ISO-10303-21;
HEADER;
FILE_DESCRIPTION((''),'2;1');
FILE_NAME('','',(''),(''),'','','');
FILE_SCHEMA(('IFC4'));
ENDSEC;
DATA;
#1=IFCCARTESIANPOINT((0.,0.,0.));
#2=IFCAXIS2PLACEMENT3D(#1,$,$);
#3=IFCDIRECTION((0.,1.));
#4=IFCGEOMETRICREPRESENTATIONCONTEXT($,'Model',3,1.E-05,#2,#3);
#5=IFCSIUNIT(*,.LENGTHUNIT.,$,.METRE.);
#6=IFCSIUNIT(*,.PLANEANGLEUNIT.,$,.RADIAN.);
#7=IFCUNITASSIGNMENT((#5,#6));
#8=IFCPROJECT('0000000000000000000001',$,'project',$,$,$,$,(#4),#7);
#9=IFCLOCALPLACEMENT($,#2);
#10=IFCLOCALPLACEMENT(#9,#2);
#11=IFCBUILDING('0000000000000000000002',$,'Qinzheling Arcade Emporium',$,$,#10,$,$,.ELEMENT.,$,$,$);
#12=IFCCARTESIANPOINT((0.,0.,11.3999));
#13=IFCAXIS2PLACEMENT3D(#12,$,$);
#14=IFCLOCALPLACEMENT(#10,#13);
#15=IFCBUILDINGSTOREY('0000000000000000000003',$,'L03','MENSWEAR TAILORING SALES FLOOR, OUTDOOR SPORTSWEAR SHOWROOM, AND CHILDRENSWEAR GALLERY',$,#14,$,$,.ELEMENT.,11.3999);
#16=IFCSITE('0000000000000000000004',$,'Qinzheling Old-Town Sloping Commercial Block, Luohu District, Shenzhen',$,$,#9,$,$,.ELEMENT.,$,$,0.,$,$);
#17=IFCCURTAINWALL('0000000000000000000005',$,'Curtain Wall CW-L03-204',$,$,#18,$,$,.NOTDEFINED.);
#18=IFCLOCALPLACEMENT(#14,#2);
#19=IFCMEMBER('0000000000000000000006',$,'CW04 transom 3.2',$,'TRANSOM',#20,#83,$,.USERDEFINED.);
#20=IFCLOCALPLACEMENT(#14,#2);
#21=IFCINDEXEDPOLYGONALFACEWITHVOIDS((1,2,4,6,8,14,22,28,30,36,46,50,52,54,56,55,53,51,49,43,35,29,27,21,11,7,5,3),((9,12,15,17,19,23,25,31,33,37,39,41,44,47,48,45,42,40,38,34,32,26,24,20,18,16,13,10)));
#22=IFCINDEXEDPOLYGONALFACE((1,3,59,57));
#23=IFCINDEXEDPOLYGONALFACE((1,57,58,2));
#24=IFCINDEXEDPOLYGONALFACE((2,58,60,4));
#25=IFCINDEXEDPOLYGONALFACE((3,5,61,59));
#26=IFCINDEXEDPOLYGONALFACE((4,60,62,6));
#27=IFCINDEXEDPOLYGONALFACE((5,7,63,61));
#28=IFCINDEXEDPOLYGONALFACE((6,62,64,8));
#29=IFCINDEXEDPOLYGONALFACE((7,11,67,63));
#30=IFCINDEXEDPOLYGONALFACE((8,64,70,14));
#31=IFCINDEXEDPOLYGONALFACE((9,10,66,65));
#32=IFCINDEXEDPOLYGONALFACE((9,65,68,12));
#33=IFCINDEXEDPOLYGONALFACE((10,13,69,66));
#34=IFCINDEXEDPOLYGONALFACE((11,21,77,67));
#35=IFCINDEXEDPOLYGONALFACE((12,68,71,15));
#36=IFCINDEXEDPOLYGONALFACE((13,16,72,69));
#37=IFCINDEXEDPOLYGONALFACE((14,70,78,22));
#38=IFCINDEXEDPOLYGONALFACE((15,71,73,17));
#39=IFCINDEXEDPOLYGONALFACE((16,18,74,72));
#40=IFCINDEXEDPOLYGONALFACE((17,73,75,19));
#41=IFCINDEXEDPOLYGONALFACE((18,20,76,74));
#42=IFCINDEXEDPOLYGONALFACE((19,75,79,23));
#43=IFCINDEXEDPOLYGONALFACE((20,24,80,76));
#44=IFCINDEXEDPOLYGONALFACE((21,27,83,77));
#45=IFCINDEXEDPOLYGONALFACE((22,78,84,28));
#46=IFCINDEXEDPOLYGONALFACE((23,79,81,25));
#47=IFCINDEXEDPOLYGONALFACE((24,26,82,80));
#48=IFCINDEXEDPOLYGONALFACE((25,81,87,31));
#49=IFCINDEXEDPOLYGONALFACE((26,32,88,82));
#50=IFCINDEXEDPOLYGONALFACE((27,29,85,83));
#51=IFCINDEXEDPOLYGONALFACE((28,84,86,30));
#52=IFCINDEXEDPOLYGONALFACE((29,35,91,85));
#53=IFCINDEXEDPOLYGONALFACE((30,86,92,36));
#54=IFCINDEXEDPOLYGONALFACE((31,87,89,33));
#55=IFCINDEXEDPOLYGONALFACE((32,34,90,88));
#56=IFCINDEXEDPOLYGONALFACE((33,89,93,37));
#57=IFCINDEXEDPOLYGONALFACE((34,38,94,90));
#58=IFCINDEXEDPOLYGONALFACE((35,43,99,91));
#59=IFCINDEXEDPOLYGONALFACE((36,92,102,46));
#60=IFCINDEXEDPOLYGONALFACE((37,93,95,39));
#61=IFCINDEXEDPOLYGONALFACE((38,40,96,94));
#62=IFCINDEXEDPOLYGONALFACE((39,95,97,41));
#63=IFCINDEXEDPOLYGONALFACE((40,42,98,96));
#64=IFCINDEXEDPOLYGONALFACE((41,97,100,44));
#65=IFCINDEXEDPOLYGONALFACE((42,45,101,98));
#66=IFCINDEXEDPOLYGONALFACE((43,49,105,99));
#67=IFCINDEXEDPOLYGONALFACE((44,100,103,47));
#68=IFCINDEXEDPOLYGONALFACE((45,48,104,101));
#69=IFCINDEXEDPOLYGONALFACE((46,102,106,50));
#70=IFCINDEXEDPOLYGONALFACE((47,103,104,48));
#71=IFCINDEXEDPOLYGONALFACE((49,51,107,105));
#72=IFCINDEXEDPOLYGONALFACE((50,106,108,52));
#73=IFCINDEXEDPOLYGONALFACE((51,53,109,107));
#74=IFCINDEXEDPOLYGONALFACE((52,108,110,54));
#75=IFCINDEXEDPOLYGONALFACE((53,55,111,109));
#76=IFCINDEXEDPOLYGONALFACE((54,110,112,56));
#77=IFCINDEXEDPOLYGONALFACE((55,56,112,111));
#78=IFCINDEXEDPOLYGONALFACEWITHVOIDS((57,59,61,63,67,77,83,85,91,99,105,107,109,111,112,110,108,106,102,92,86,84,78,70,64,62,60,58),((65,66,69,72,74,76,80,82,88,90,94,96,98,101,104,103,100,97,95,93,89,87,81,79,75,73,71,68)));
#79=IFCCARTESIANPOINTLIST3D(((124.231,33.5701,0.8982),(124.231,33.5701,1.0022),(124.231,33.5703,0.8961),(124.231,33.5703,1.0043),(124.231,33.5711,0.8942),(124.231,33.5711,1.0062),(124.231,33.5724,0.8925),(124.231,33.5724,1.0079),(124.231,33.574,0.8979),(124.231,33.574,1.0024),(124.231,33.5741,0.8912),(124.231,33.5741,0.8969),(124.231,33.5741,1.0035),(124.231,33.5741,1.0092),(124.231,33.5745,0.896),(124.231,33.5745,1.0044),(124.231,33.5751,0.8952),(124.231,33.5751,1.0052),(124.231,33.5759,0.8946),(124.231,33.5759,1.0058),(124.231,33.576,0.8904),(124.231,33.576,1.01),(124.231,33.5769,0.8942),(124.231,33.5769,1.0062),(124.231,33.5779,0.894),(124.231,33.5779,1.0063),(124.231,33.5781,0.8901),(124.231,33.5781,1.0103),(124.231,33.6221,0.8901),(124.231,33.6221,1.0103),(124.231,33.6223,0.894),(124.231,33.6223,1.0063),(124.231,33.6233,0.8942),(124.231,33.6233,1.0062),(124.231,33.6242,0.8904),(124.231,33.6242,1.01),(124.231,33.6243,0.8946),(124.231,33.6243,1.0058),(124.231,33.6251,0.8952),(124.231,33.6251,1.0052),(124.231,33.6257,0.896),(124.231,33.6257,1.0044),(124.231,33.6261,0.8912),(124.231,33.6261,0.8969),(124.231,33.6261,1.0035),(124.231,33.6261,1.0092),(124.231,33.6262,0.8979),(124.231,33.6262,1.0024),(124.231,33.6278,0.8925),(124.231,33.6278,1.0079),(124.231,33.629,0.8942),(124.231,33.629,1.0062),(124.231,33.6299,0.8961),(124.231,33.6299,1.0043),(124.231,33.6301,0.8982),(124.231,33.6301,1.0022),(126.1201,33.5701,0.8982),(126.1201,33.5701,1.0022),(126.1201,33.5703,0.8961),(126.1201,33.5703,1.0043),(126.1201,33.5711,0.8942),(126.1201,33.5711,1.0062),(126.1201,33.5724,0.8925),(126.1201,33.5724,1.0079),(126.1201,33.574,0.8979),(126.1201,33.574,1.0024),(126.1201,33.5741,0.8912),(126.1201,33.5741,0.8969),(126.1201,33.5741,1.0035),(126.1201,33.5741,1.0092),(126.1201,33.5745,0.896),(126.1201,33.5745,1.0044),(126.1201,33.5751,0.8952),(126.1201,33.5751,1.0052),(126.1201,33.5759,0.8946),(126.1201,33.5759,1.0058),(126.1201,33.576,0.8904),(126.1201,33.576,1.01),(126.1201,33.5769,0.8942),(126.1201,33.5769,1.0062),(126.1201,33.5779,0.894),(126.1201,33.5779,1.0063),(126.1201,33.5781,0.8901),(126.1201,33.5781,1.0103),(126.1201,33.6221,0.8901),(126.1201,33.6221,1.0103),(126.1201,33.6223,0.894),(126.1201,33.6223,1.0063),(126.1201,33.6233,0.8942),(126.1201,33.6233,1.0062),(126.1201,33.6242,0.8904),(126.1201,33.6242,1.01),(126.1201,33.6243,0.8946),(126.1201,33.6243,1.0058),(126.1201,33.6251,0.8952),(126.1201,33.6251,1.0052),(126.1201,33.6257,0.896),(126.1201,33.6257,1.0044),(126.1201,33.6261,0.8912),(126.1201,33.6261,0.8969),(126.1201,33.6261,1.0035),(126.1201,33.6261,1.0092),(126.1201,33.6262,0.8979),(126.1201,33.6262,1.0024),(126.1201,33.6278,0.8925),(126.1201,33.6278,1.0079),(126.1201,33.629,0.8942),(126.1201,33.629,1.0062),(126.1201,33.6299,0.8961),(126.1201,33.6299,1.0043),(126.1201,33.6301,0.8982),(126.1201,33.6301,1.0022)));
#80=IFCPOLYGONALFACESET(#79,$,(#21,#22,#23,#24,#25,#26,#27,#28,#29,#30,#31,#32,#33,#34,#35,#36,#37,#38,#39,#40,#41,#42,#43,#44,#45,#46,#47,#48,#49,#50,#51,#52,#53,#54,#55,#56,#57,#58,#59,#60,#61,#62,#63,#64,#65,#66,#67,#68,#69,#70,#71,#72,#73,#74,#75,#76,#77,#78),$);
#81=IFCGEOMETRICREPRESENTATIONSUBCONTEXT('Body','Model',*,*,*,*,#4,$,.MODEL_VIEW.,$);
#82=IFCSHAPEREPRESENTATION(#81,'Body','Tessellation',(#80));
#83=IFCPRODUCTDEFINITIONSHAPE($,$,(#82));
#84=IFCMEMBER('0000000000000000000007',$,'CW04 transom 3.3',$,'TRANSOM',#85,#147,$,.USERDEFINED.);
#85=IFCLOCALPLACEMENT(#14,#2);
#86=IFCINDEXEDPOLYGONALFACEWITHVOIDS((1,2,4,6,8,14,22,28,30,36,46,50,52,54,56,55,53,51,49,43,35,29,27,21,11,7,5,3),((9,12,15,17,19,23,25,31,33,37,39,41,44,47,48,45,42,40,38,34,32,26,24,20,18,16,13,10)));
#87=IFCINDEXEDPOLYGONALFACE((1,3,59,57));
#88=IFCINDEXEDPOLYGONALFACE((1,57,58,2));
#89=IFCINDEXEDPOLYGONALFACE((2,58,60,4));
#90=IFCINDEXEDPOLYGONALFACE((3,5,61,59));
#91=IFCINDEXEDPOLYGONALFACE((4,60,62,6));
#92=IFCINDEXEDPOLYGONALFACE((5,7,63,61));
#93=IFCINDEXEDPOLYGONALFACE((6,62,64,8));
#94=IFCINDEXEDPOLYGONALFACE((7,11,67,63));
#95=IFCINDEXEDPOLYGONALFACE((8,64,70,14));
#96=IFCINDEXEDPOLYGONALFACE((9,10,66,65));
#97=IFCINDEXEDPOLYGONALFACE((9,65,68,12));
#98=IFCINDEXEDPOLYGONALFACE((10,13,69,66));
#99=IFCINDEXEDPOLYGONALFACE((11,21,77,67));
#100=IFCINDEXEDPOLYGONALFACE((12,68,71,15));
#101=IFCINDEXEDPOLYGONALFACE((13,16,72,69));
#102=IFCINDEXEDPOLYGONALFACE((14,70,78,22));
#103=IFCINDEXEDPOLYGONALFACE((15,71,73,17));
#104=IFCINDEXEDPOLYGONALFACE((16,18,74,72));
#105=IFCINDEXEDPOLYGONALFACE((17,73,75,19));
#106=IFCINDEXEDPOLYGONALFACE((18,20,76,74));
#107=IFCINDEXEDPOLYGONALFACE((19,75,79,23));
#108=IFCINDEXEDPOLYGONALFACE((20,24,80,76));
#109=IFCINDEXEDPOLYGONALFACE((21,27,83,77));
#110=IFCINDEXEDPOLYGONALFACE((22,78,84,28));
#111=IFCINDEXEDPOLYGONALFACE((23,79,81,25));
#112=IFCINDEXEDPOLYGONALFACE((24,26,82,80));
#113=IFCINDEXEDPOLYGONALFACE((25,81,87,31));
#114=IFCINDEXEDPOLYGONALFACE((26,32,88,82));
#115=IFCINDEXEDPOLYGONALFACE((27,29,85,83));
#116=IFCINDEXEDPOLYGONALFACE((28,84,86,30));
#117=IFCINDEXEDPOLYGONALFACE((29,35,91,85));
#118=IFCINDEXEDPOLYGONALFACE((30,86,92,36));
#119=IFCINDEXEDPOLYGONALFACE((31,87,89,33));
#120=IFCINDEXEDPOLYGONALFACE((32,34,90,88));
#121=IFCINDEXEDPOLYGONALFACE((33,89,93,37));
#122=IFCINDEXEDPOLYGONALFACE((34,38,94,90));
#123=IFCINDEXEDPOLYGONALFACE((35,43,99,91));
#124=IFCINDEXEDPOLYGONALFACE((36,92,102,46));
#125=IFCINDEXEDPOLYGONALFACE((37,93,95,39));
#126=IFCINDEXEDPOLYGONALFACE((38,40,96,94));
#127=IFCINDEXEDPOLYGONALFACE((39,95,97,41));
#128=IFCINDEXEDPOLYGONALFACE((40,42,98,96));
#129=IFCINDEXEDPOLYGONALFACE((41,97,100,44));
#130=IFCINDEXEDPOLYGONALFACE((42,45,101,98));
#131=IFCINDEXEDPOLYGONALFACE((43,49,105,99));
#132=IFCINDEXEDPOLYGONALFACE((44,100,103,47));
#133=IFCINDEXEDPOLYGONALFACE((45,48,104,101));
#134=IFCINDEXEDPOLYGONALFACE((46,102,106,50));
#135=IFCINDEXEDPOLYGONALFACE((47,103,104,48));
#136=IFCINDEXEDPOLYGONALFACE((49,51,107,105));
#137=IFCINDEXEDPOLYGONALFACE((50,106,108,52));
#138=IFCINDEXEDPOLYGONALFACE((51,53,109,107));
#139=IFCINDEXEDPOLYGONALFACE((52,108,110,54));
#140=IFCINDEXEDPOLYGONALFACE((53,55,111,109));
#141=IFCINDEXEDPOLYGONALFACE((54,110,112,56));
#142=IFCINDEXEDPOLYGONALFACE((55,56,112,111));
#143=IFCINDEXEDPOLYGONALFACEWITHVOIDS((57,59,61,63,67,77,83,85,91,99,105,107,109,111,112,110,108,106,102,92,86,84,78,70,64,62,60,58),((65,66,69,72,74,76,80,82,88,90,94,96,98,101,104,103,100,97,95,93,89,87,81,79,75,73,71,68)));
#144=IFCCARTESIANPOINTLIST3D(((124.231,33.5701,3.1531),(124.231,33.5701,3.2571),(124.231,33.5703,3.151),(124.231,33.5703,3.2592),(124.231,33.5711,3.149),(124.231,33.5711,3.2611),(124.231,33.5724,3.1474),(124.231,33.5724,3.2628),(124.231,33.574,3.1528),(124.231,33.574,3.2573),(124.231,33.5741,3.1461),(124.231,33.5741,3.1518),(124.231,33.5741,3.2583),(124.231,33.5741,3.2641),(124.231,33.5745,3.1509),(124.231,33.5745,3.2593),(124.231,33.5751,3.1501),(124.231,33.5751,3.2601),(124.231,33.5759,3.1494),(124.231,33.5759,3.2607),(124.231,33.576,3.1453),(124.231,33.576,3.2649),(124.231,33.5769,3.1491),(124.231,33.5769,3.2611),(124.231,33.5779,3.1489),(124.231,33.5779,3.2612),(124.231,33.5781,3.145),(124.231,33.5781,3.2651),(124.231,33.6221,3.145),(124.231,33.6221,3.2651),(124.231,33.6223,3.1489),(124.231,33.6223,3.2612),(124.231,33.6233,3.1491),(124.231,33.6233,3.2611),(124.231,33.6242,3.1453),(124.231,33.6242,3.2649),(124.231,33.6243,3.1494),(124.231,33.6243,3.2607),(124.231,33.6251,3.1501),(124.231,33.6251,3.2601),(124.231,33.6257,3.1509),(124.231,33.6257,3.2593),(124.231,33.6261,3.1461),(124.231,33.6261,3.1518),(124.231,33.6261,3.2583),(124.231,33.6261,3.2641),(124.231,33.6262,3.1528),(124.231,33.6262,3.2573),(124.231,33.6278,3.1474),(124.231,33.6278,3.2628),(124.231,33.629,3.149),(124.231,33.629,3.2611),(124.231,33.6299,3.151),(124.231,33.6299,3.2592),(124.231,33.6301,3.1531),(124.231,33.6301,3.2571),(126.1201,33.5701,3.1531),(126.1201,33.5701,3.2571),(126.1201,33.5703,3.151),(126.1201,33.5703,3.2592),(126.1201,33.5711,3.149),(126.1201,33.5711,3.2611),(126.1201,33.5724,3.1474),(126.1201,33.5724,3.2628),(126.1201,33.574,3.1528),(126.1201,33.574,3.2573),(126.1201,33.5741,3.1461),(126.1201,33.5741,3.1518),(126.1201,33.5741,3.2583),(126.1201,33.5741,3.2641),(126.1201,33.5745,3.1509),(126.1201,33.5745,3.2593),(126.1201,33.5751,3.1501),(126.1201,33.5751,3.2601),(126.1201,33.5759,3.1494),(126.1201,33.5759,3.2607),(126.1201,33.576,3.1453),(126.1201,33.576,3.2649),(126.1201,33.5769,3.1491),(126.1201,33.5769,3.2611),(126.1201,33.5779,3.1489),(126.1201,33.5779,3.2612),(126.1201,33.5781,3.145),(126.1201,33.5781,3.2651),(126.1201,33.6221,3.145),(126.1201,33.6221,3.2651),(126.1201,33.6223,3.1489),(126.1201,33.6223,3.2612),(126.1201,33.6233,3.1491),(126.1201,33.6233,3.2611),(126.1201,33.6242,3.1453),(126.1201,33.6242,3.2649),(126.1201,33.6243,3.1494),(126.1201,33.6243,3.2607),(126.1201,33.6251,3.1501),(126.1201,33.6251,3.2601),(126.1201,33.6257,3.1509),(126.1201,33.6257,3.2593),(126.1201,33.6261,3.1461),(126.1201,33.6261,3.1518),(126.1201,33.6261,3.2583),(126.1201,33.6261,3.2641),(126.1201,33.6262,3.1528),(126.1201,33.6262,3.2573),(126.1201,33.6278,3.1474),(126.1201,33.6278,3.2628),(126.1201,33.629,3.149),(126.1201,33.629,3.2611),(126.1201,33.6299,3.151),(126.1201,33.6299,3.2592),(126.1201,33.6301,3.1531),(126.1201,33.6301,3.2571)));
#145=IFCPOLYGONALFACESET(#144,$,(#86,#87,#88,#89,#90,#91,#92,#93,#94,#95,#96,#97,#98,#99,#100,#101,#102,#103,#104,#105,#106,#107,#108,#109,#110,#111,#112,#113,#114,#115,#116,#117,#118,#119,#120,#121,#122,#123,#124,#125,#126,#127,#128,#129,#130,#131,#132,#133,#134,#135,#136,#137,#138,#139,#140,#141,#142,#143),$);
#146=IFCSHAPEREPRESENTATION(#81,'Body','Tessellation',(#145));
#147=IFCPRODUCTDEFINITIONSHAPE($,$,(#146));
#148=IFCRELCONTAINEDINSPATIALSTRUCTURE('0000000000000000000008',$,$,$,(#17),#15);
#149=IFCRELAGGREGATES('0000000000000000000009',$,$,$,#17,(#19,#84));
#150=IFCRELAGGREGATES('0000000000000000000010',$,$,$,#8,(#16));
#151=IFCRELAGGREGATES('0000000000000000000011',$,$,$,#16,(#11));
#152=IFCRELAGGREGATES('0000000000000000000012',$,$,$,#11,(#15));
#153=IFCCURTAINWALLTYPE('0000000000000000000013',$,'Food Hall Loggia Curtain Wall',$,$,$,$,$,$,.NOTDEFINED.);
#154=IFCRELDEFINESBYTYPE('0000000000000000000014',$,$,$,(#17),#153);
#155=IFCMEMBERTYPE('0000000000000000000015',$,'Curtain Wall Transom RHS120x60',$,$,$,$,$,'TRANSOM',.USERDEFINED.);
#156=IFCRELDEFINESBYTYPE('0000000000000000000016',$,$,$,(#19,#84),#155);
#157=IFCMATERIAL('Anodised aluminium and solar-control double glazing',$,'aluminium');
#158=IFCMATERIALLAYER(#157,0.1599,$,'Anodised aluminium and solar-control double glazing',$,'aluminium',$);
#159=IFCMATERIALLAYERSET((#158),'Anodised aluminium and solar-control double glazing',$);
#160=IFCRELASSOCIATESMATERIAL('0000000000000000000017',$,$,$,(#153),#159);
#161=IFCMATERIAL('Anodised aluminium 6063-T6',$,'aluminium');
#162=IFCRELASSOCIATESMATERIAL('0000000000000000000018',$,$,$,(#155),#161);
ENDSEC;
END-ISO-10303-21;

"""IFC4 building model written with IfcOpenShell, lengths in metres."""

from ifc_helpers import new_model, si_unit, direction, frame, origin, origin_2d, place, context, subcontext, project, spatial, hollow_rectangle, extrude, material, layer, layer_set, material_profile, profile_set, type_object, element, aggregate, save


model = new_model("IFC4")

# Units and contexts
model_context = context("Model", 3, precision=1e-05, world=origin(), true_north=direction((0.0, 1.0)))
body_context = subcontext(model_context, "Body", "Model", "MODEL_VIEW")
ifc_project = project(units=[si_unit("LENGTHUNIT", "METRE"), si_unit("PLANEANGLEUNIT", "RADIAN")], contexts=[model_context])

# Site, building, storey
site_placement = place(None, origin())
site = spatial("IfcSite", under=ifc_project, at=site_placement, Name="Qinzheling Old-Town Sloping Commercial Block, Luohu District, Shenzhen", CompositionType="ELEMENT", RefElevation=0.0)
building_placement = place(site_placement, origin())
building = spatial("IfcBuilding", under=site, at=building_placement, Name="Qinzheling Arcade Emporium", CompositionType="ELEMENT")
storey_placement = place(building_placement, frame((0.0, 0.0, 11.3999)))
storey = spatial("IfcBuildingStorey", under=building, at=storey_placement, Name="L03", Description="MENSWEAR TAILORING SALES FLOOR, OUTDOOR SPORTSWEAR SHOWROOM, AND CHILDRENSWEAR GALLERY", CompositionType="ELEMENT", Elevation=11.3999)

# Curtain wall
ifc_material_1 = material(Name="Anodised aluminium and solar-control double glazing", Category="aluminium")
ifc_layer_1 = layer(ifc_material_1, 0.1599, Name="Anodised aluminium and solar-control double glazing", Category="aluminium")
ifc_layer_set_1 = layer_set([ifc_layer_1], Name="Anodised aluminium and solar-control double glazing")
curtain_wall_type = type_object("IfcCurtainWallType", Name="Food Hall Loggia Curtain Wall", PredefinedType="NOTDEFINED", material=ifc_layer_set_1)
curtain_wall_1_placement = place(storey_placement, origin())
curtain_wall_1 = element("IfcCurtainWall", 1, at=curtain_wall_1_placement, inside=storey, type_object=curtain_wall_type, Name="Curtain Wall CW-L03-204", PredefinedType="NOTDEFINED")
ifc_material_2 = material(Name="Anodised aluminium 6063-T6", Category="aluminium")

# Members
ifc_material_profile_1 = material_profile(ifc_material_2, hollow_rectangle(XDim=0.0601, YDim=0.1201, WallThickness=0.0039, InnerFilletRadius=0.0039, OuterFilletRadius=0.0081, at=origin_2d()), Name="RHS 120x60x4", Category="aluminium")
ifc_profile_set_1 = profile_set([ifc_material_profile_1], Name="Anodised aluminium 6063-T6")
member_type_1 = type_object("IfcMemberType", Name="Curtain Wall Transom RHS120x60", ElementType="TRANSOM", PredefinedType="USERDEFINED", material=ifc_profile_set_1)
member_1_placement = place(storey_placement, frame((126.1201, 33.6001, 0.9502), z_axis=(-1.0, 0.0, 0.0), x_axis=(0.0, -1.0, 0.0)))
member_1 = element("IfcMember", 2, at=member_1_placement, type_object=member_type_1, Name="CW04 transom 3.2", ObjectType="TRANSOM", PredefinedType="USERDEFINED", context=body_context, shape_type="SweptSolid", body=[
    extrude(hollow_rectangle(XDim=0.0601, YDim=0.1201, WallThickness=0.0039, InnerFilletRadius=0.0039, OuterFilletRadius=0.0081, at=origin_2d()), origin(), (0.0, 0.0, 1.0), 1.8892),
])
member_2_placement = place(storey_placement, frame((126.1201, 33.6001, 3.2051), z_axis=(-1.0, 0.0, 0.0), x_axis=(0.0, -1.0, 0.0)))
member_2 = element("IfcMember", 3, at=member_2_placement, type_object=member_type_1, Name="CW04 transom 3.3", ObjectType="TRANSOM", PredefinedType="USERDEFINED", context=body_context, shape_type="SweptSolid", body=[
    extrude(hollow_rectangle(XDim=0.0601, YDim=0.1201, WallThickness=0.0039, InnerFilletRadius=0.0039, OuterFilletRadius=0.0081, at=origin_2d()), origin(), (0.0, 0.0, 1.0), 1.8892),
])
aggregate(curtain_wall_1, [member_1, member_2])

save(model, "model.ifc")
